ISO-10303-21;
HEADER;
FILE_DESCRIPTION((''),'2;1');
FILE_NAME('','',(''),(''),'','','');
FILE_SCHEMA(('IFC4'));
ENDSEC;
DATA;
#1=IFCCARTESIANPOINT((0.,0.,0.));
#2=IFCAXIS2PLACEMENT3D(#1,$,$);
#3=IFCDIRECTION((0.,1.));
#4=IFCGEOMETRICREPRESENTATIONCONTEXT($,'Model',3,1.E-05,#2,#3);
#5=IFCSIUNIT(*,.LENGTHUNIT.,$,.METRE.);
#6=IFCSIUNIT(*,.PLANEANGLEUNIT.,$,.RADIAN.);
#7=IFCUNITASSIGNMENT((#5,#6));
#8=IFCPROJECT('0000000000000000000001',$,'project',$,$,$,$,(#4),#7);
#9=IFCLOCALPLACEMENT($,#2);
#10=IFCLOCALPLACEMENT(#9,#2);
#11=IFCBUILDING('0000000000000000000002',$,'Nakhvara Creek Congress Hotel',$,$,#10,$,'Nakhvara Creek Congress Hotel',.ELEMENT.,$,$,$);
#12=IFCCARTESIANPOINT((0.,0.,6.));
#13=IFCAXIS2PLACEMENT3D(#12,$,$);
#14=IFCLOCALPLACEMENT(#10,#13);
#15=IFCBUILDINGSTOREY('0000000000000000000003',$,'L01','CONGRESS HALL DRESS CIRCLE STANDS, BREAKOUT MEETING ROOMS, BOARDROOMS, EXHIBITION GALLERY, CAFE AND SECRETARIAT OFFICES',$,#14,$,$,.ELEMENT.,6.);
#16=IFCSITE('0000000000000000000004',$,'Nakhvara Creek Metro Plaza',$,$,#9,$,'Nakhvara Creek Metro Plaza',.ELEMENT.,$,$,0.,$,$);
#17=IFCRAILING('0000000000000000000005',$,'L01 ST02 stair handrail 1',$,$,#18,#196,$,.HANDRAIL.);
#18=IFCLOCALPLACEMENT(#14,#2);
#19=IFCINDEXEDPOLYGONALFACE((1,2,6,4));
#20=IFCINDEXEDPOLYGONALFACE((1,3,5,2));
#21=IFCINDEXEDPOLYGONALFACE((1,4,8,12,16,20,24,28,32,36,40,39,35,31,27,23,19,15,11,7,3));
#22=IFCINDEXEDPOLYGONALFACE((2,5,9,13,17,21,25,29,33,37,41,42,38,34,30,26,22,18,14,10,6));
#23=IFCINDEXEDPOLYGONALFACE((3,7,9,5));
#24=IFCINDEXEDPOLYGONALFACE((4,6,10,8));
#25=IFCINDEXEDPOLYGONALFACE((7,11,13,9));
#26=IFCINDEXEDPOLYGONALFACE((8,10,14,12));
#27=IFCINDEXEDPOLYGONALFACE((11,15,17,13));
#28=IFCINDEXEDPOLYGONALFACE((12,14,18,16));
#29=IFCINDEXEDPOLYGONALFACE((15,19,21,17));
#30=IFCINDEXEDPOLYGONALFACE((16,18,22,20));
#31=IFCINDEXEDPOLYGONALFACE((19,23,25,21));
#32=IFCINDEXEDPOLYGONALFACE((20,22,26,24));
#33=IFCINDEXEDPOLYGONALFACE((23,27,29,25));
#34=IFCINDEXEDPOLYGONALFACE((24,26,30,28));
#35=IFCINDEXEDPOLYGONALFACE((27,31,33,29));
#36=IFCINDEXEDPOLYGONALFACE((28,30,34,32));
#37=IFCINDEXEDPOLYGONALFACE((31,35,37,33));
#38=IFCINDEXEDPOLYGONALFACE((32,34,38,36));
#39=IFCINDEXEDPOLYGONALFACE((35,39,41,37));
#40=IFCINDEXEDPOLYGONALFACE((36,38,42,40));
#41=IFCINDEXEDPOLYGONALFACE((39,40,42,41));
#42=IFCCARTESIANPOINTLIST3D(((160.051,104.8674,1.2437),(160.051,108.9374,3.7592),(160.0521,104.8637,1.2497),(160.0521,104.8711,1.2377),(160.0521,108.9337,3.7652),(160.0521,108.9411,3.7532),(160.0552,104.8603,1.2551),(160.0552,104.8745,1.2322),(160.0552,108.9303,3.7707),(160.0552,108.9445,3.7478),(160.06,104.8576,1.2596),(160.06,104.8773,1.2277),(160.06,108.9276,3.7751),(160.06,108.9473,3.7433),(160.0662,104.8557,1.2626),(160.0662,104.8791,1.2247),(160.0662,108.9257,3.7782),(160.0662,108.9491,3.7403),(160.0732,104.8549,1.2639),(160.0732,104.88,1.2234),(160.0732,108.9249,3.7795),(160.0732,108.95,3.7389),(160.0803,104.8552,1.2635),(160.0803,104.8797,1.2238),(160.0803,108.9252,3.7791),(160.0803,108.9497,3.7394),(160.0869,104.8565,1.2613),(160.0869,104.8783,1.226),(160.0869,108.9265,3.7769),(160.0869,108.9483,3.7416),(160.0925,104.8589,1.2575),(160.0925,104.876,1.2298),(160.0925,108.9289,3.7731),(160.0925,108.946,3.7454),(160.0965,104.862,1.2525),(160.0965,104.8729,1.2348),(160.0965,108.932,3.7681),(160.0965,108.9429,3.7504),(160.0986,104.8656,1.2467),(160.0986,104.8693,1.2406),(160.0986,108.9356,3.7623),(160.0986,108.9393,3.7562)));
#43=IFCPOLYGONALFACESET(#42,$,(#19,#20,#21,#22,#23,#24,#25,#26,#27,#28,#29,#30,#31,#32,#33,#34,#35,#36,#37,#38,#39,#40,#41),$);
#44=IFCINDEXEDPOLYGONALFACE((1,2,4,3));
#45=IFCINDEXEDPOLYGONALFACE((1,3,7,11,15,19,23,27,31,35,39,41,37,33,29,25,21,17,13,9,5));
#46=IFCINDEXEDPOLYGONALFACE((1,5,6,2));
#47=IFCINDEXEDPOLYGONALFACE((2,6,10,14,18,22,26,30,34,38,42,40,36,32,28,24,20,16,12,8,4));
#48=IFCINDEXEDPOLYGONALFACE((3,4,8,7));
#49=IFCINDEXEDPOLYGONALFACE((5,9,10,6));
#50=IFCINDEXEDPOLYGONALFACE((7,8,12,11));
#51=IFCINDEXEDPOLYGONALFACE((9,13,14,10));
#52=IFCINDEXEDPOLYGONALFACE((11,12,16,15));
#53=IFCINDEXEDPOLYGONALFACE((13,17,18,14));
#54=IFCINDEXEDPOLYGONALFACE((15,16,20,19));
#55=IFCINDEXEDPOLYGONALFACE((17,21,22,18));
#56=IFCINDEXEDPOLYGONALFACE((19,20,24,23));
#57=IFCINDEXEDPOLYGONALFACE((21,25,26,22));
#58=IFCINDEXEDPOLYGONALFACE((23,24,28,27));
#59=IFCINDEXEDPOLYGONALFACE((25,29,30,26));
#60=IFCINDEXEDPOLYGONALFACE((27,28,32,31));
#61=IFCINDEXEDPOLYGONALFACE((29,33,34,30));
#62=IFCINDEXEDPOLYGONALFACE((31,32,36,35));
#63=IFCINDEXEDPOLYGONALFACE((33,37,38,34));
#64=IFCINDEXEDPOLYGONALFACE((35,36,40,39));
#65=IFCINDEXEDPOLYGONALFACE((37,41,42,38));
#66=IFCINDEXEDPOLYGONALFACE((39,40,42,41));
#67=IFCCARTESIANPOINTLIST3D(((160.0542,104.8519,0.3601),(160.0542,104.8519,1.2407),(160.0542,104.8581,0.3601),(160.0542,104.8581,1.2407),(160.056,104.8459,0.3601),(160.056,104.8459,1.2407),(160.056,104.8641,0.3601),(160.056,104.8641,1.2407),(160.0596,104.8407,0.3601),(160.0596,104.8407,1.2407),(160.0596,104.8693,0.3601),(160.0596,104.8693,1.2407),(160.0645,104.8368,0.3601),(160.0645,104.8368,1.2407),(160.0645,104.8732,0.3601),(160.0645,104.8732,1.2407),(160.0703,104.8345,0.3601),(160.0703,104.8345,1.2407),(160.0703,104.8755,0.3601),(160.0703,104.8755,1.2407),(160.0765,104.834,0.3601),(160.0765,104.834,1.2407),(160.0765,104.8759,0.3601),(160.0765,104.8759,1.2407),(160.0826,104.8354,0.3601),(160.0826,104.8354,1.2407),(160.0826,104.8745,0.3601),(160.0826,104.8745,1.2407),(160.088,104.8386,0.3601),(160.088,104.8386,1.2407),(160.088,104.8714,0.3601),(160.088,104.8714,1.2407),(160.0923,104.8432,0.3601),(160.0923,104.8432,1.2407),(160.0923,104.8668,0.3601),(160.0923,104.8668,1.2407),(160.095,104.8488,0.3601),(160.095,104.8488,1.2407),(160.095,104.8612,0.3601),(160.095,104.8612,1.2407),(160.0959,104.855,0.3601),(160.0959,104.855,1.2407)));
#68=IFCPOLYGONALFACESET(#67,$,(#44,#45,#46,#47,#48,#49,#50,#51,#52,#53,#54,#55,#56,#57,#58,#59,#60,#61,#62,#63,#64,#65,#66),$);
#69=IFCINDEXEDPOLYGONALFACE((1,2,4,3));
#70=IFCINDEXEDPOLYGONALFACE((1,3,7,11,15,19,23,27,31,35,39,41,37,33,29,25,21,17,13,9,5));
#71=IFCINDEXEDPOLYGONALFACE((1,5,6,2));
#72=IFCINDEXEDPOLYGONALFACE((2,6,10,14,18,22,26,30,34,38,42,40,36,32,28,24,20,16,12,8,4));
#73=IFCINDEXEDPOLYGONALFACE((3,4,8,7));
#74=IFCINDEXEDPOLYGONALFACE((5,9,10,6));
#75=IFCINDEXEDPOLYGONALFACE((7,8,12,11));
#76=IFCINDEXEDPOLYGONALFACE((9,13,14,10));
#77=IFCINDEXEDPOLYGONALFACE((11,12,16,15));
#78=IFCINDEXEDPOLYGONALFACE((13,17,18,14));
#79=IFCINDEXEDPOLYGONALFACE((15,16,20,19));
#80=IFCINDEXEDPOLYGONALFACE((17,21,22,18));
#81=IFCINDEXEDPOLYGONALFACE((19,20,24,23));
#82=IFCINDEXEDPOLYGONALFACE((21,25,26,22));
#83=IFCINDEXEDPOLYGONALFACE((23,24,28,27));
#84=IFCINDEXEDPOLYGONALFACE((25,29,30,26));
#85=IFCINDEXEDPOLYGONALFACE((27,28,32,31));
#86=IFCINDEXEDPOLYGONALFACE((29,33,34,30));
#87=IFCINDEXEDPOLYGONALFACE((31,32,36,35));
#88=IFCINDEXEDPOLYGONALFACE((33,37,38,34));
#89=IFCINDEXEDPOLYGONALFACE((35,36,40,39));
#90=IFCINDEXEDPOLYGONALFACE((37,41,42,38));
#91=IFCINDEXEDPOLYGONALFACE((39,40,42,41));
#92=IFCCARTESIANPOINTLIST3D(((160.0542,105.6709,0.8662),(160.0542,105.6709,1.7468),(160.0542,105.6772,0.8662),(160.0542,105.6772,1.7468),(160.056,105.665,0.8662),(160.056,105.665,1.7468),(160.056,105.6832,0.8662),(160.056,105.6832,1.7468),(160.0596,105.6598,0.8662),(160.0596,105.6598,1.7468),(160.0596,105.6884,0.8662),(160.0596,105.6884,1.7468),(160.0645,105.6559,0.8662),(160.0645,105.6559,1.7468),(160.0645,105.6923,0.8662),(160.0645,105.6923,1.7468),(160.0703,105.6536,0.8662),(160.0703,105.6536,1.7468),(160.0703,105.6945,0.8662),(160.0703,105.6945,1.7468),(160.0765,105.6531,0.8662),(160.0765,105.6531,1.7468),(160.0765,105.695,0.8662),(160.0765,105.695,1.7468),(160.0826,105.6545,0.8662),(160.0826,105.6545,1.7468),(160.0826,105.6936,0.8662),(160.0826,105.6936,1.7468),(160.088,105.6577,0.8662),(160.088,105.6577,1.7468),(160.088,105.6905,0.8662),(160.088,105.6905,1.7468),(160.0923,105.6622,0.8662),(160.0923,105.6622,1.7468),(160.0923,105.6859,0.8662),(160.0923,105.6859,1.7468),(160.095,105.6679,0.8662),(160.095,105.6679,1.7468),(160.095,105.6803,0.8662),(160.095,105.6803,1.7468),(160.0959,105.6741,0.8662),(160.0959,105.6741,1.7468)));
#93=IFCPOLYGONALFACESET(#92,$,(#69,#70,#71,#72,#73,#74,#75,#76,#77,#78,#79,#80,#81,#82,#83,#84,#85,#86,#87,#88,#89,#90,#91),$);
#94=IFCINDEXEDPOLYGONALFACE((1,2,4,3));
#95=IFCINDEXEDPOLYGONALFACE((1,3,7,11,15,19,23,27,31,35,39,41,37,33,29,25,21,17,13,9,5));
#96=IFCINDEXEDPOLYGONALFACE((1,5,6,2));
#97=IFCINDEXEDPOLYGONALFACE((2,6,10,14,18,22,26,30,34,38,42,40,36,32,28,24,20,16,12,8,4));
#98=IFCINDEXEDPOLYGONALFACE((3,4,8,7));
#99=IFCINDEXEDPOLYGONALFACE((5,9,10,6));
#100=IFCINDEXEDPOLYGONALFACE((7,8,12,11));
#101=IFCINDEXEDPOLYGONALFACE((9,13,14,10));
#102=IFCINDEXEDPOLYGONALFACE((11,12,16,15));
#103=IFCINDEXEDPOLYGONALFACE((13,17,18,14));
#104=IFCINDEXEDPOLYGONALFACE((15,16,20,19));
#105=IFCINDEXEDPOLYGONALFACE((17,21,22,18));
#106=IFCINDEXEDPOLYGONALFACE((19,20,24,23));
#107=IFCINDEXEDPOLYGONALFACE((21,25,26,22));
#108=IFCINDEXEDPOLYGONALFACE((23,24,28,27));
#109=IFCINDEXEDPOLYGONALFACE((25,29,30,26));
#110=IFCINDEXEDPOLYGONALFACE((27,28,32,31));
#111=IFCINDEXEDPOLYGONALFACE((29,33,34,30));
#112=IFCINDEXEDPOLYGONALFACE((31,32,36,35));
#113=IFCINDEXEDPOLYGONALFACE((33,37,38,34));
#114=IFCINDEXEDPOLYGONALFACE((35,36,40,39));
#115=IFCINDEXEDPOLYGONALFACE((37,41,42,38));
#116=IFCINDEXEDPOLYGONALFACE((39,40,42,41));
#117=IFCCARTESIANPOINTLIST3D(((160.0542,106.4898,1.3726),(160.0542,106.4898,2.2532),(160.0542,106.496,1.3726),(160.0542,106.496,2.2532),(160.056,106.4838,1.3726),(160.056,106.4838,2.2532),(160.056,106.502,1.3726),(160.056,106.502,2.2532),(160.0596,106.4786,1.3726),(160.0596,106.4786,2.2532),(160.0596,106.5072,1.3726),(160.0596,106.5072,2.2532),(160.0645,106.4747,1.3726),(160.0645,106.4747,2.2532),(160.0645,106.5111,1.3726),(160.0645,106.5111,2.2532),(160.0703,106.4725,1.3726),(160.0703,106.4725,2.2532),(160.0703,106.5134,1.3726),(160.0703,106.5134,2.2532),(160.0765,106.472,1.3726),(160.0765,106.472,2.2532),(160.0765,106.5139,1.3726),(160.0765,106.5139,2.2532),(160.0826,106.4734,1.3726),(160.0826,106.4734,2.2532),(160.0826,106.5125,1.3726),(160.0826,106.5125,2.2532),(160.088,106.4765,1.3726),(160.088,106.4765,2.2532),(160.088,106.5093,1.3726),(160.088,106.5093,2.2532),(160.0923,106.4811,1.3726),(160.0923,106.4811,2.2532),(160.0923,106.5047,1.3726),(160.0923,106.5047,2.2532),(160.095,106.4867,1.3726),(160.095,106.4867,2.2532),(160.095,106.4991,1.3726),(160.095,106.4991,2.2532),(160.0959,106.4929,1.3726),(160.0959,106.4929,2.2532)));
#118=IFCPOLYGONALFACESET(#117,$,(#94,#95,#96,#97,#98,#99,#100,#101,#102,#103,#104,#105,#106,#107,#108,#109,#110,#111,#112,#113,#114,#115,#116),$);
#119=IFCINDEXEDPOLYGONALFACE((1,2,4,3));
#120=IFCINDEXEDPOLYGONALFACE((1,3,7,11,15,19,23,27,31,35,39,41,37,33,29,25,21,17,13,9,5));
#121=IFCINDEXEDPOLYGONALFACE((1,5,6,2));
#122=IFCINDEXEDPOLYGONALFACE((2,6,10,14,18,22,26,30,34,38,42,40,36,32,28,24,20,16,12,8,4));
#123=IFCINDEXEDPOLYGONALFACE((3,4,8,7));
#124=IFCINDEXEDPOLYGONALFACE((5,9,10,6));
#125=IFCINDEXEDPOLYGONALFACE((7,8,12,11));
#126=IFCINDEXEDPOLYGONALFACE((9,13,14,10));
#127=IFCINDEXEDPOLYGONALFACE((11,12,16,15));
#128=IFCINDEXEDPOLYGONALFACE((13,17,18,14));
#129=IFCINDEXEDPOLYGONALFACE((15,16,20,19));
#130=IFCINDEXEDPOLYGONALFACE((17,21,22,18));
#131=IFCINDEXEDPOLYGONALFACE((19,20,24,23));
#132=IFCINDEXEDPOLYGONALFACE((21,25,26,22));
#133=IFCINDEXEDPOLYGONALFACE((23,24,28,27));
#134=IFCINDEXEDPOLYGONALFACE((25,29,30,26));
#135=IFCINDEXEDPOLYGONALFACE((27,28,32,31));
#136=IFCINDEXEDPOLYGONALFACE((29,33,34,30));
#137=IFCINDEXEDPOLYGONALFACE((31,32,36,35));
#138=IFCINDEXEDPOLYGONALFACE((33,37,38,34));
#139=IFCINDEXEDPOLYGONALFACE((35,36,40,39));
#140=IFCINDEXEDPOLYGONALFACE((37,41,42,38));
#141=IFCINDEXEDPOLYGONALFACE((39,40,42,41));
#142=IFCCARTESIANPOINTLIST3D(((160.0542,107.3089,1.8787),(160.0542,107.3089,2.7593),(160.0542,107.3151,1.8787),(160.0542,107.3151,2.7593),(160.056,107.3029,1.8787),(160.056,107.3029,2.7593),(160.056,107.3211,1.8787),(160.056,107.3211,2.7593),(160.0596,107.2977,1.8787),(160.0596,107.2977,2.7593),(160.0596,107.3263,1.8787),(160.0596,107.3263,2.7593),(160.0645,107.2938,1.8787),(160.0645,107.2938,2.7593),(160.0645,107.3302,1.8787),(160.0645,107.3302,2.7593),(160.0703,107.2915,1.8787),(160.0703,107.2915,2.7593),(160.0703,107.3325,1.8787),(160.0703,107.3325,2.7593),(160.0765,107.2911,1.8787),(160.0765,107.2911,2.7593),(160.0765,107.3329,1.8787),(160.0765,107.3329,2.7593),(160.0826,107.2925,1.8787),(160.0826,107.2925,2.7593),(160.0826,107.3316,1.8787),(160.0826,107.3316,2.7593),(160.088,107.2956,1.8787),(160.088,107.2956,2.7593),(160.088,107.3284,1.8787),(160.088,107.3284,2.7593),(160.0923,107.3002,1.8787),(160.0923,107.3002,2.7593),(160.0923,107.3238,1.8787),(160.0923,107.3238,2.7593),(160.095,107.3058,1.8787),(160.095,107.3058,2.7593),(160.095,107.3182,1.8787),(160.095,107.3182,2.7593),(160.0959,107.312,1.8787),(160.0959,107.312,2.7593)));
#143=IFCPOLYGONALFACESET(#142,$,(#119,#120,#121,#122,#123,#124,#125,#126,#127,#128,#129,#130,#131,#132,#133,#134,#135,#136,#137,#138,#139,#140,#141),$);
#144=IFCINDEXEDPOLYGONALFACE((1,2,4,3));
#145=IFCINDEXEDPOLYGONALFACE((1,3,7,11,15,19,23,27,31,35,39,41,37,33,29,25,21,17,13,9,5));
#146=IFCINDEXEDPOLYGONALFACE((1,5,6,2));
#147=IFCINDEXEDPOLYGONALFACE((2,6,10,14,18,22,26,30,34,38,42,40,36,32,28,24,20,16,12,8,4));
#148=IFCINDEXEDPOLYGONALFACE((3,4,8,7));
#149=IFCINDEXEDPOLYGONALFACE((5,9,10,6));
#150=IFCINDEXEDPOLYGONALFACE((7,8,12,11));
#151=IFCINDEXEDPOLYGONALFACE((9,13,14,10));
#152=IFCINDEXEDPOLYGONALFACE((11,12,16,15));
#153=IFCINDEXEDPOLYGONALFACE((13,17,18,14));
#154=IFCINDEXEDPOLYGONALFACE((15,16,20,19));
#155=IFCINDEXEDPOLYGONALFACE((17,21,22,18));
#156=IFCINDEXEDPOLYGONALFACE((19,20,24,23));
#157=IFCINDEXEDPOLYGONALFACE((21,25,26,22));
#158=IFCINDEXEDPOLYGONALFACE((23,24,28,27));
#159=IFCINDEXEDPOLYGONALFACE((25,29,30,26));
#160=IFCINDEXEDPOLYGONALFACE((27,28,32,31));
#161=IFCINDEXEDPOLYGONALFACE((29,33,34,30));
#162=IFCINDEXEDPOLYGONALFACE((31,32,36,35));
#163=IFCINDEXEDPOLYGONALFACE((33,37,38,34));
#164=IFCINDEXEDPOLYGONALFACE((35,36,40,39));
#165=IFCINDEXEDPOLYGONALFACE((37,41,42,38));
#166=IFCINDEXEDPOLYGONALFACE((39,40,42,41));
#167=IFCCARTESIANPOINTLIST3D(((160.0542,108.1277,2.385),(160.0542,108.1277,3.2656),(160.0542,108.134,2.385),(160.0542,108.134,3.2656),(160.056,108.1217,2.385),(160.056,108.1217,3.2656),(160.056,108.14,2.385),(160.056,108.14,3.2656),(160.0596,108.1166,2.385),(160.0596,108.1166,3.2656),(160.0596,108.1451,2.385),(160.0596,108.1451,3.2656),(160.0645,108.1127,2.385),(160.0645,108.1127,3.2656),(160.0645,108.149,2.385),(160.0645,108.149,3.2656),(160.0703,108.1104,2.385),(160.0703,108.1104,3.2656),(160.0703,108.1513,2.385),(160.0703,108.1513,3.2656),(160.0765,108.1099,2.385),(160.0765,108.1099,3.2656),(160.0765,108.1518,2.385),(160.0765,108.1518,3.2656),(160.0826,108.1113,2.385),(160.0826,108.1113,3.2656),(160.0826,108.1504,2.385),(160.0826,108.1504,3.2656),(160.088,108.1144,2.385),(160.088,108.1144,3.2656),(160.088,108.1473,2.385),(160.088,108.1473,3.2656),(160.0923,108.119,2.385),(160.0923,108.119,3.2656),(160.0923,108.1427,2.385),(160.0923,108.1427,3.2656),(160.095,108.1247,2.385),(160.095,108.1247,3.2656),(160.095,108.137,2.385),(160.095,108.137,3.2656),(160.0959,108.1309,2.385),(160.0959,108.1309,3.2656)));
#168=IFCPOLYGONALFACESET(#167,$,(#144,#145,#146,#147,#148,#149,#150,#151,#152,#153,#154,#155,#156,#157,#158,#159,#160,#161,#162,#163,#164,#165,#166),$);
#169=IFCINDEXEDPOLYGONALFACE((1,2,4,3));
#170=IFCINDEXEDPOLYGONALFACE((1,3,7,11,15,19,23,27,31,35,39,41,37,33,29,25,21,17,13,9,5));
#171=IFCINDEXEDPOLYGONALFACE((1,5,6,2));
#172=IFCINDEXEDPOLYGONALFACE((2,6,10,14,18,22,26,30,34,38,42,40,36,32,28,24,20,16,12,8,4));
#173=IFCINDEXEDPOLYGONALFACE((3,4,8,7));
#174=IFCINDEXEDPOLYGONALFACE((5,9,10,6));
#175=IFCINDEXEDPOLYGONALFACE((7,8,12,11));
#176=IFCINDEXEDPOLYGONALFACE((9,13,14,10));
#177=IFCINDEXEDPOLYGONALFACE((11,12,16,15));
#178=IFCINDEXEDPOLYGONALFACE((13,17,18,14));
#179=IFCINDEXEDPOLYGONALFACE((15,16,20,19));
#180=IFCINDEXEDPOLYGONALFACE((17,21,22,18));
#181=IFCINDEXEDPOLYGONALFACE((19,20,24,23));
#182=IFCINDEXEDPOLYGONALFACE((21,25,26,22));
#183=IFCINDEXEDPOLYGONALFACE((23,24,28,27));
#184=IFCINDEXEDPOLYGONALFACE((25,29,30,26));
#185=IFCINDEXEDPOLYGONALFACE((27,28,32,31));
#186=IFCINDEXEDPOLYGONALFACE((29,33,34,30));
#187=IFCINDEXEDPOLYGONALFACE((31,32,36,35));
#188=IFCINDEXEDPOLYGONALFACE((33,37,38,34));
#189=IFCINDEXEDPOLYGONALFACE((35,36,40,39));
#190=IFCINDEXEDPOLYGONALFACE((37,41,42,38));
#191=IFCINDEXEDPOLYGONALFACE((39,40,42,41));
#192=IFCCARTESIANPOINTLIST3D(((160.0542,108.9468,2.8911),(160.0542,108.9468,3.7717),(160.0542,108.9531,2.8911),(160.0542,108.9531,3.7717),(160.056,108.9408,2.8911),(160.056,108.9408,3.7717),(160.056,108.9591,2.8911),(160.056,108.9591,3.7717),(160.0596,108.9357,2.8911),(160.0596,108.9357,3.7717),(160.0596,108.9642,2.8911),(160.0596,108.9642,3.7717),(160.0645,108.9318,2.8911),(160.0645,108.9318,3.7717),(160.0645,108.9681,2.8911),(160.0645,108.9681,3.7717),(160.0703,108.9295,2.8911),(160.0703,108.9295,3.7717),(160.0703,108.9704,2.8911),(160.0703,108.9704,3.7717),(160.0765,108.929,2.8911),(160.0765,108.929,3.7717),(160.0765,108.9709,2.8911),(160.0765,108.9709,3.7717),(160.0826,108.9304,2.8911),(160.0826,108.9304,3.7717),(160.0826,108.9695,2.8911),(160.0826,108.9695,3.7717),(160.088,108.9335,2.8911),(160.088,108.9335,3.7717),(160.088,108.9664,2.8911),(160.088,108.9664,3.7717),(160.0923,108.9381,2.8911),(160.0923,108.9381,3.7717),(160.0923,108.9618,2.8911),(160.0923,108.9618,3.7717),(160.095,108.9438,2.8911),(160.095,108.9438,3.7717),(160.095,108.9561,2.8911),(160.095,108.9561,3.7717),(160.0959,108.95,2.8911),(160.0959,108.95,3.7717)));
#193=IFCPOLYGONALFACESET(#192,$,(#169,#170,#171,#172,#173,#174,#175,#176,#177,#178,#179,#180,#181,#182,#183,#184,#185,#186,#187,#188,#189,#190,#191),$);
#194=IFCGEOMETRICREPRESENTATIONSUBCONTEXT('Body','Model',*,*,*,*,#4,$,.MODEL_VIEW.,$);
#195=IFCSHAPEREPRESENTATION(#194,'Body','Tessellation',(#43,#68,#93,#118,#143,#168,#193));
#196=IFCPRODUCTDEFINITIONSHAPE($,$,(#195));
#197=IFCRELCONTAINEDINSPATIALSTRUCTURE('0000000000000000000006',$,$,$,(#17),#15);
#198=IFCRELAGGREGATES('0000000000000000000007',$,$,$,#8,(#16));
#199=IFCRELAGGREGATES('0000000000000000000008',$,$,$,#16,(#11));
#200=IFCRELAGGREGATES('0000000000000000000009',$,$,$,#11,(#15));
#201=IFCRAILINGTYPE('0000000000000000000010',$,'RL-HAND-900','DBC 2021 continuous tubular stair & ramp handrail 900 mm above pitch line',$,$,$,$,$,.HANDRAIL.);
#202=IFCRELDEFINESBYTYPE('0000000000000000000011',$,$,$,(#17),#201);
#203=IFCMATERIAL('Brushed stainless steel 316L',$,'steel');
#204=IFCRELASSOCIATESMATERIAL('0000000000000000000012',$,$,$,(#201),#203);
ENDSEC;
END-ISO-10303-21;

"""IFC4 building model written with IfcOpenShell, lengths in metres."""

from ifc_helpers import new_model, si_unit, direction, frame, origin, origin_2d, place, context, subcontext, project, spatial, circle, extrude, material, type_object, element, save


model = new_model("IFC4")

# Units and contexts
model_context = context("Model", 3, precision=1e-05, world=origin(), true_north=direction((0.0, 1.0)))
body_context = subcontext(model_context, "Body", "Model", "MODEL_VIEW")
ifc_project = project(units=[si_unit("LENGTHUNIT", "METRE"), si_unit("PLANEANGLEUNIT", "RADIAN")], contexts=[model_context])

# Site, building, storey
site_placement = place(None, origin())
site = spatial("IfcSite", under=ifc_project, at=site_placement, Name="Nakhvara Creek Metro Plaza", LongName="Nakhvara Creek Metro Plaza", CompositionType="ELEMENT", RefElevation=0.0)
building_placement = place(site_placement, origin())
building = spatial("IfcBuilding", under=site, at=building_placement, Name="Nakhvara Creek Congress Hotel", LongName="Nakhvara Creek Congress Hotel", CompositionType="ELEMENT")
storey_placement = place(building_placement, frame((0.0, 0.0, 6.0)))
storey = spatial("IfcBuildingStorey", under=building, at=storey_placement, Name="L01", Description="CONGRESS HALL DRESS CIRCLE STANDS, BREAKOUT MEETING ROOMS, BOARDROOMS, EXHIBITION GALLERY, CAFE AND SECRETARIAT OFFICES", CompositionType="ELEMENT", Elevation=6.0)

# Railing
ifc_material_1 = material(Name="Brushed stainless steel 316L", Category="steel")
railing_type_1 = type_object("IfcRailingType", Name="RL-HAND-900", Description="DBC 2021 continuous tubular stair & ramp handrail 900 mm above pitch line", PredefinedType="HANDRAIL", material=ifc_material_1)
railing_1_placement = place(storey_placement, frame((160.075, 104.855, 0.3601)))
element("IfcRailing", 1, at=railing_1_placement, inside=storey, type_object=railing_type_1, Name="L01 ST02 stair handrail 1", PredefinedType="HANDRAIL", context=body_context, shape_type="SweptSolid", body=[
    extrude(circle(Radius=0.0239, at=origin_2d()), frame((0.0, 0.0125, 0.8835), z_axis=(0.0, 0.850635, 0.525757), x_axis=(-1.0, 0.0, 0.0)), (0.0, 0.0, 1.0), 4.7847),
    extrude(circle(Radius=0.021, at=origin_2d()), origin(), (0.0, 0.0, 1.0), 0.8806),
    extrude(circle(Radius=0.021, at=origin_2d()), frame((0.0, 0.8191, 0.5061)), (0.0, 0.0, 1.0), 0.8806),
    extrude(circle(Radius=0.021, at=origin_2d()), frame((0.0, 1.6379, 1.0125)), (0.0, 0.0, 1.0), 0.8806),
    extrude(circle(Radius=0.021, at=origin_2d()), frame((0.0, 2.457, 1.5186)), (0.0, 0.0, 1.0), 0.8806),
    extrude(circle(Radius=0.021, at=origin_2d()), frame((0.0, 3.2759, 2.0249)), (0.0, 0.0, 1.0), 0.8806),
    extrude(circle(Radius=0.021, at=origin_2d()), frame((0.0, 4.095, 2.531)), (0.0, 0.0, 1.0), 0.8806),
])

save(model, "model.ifc")
